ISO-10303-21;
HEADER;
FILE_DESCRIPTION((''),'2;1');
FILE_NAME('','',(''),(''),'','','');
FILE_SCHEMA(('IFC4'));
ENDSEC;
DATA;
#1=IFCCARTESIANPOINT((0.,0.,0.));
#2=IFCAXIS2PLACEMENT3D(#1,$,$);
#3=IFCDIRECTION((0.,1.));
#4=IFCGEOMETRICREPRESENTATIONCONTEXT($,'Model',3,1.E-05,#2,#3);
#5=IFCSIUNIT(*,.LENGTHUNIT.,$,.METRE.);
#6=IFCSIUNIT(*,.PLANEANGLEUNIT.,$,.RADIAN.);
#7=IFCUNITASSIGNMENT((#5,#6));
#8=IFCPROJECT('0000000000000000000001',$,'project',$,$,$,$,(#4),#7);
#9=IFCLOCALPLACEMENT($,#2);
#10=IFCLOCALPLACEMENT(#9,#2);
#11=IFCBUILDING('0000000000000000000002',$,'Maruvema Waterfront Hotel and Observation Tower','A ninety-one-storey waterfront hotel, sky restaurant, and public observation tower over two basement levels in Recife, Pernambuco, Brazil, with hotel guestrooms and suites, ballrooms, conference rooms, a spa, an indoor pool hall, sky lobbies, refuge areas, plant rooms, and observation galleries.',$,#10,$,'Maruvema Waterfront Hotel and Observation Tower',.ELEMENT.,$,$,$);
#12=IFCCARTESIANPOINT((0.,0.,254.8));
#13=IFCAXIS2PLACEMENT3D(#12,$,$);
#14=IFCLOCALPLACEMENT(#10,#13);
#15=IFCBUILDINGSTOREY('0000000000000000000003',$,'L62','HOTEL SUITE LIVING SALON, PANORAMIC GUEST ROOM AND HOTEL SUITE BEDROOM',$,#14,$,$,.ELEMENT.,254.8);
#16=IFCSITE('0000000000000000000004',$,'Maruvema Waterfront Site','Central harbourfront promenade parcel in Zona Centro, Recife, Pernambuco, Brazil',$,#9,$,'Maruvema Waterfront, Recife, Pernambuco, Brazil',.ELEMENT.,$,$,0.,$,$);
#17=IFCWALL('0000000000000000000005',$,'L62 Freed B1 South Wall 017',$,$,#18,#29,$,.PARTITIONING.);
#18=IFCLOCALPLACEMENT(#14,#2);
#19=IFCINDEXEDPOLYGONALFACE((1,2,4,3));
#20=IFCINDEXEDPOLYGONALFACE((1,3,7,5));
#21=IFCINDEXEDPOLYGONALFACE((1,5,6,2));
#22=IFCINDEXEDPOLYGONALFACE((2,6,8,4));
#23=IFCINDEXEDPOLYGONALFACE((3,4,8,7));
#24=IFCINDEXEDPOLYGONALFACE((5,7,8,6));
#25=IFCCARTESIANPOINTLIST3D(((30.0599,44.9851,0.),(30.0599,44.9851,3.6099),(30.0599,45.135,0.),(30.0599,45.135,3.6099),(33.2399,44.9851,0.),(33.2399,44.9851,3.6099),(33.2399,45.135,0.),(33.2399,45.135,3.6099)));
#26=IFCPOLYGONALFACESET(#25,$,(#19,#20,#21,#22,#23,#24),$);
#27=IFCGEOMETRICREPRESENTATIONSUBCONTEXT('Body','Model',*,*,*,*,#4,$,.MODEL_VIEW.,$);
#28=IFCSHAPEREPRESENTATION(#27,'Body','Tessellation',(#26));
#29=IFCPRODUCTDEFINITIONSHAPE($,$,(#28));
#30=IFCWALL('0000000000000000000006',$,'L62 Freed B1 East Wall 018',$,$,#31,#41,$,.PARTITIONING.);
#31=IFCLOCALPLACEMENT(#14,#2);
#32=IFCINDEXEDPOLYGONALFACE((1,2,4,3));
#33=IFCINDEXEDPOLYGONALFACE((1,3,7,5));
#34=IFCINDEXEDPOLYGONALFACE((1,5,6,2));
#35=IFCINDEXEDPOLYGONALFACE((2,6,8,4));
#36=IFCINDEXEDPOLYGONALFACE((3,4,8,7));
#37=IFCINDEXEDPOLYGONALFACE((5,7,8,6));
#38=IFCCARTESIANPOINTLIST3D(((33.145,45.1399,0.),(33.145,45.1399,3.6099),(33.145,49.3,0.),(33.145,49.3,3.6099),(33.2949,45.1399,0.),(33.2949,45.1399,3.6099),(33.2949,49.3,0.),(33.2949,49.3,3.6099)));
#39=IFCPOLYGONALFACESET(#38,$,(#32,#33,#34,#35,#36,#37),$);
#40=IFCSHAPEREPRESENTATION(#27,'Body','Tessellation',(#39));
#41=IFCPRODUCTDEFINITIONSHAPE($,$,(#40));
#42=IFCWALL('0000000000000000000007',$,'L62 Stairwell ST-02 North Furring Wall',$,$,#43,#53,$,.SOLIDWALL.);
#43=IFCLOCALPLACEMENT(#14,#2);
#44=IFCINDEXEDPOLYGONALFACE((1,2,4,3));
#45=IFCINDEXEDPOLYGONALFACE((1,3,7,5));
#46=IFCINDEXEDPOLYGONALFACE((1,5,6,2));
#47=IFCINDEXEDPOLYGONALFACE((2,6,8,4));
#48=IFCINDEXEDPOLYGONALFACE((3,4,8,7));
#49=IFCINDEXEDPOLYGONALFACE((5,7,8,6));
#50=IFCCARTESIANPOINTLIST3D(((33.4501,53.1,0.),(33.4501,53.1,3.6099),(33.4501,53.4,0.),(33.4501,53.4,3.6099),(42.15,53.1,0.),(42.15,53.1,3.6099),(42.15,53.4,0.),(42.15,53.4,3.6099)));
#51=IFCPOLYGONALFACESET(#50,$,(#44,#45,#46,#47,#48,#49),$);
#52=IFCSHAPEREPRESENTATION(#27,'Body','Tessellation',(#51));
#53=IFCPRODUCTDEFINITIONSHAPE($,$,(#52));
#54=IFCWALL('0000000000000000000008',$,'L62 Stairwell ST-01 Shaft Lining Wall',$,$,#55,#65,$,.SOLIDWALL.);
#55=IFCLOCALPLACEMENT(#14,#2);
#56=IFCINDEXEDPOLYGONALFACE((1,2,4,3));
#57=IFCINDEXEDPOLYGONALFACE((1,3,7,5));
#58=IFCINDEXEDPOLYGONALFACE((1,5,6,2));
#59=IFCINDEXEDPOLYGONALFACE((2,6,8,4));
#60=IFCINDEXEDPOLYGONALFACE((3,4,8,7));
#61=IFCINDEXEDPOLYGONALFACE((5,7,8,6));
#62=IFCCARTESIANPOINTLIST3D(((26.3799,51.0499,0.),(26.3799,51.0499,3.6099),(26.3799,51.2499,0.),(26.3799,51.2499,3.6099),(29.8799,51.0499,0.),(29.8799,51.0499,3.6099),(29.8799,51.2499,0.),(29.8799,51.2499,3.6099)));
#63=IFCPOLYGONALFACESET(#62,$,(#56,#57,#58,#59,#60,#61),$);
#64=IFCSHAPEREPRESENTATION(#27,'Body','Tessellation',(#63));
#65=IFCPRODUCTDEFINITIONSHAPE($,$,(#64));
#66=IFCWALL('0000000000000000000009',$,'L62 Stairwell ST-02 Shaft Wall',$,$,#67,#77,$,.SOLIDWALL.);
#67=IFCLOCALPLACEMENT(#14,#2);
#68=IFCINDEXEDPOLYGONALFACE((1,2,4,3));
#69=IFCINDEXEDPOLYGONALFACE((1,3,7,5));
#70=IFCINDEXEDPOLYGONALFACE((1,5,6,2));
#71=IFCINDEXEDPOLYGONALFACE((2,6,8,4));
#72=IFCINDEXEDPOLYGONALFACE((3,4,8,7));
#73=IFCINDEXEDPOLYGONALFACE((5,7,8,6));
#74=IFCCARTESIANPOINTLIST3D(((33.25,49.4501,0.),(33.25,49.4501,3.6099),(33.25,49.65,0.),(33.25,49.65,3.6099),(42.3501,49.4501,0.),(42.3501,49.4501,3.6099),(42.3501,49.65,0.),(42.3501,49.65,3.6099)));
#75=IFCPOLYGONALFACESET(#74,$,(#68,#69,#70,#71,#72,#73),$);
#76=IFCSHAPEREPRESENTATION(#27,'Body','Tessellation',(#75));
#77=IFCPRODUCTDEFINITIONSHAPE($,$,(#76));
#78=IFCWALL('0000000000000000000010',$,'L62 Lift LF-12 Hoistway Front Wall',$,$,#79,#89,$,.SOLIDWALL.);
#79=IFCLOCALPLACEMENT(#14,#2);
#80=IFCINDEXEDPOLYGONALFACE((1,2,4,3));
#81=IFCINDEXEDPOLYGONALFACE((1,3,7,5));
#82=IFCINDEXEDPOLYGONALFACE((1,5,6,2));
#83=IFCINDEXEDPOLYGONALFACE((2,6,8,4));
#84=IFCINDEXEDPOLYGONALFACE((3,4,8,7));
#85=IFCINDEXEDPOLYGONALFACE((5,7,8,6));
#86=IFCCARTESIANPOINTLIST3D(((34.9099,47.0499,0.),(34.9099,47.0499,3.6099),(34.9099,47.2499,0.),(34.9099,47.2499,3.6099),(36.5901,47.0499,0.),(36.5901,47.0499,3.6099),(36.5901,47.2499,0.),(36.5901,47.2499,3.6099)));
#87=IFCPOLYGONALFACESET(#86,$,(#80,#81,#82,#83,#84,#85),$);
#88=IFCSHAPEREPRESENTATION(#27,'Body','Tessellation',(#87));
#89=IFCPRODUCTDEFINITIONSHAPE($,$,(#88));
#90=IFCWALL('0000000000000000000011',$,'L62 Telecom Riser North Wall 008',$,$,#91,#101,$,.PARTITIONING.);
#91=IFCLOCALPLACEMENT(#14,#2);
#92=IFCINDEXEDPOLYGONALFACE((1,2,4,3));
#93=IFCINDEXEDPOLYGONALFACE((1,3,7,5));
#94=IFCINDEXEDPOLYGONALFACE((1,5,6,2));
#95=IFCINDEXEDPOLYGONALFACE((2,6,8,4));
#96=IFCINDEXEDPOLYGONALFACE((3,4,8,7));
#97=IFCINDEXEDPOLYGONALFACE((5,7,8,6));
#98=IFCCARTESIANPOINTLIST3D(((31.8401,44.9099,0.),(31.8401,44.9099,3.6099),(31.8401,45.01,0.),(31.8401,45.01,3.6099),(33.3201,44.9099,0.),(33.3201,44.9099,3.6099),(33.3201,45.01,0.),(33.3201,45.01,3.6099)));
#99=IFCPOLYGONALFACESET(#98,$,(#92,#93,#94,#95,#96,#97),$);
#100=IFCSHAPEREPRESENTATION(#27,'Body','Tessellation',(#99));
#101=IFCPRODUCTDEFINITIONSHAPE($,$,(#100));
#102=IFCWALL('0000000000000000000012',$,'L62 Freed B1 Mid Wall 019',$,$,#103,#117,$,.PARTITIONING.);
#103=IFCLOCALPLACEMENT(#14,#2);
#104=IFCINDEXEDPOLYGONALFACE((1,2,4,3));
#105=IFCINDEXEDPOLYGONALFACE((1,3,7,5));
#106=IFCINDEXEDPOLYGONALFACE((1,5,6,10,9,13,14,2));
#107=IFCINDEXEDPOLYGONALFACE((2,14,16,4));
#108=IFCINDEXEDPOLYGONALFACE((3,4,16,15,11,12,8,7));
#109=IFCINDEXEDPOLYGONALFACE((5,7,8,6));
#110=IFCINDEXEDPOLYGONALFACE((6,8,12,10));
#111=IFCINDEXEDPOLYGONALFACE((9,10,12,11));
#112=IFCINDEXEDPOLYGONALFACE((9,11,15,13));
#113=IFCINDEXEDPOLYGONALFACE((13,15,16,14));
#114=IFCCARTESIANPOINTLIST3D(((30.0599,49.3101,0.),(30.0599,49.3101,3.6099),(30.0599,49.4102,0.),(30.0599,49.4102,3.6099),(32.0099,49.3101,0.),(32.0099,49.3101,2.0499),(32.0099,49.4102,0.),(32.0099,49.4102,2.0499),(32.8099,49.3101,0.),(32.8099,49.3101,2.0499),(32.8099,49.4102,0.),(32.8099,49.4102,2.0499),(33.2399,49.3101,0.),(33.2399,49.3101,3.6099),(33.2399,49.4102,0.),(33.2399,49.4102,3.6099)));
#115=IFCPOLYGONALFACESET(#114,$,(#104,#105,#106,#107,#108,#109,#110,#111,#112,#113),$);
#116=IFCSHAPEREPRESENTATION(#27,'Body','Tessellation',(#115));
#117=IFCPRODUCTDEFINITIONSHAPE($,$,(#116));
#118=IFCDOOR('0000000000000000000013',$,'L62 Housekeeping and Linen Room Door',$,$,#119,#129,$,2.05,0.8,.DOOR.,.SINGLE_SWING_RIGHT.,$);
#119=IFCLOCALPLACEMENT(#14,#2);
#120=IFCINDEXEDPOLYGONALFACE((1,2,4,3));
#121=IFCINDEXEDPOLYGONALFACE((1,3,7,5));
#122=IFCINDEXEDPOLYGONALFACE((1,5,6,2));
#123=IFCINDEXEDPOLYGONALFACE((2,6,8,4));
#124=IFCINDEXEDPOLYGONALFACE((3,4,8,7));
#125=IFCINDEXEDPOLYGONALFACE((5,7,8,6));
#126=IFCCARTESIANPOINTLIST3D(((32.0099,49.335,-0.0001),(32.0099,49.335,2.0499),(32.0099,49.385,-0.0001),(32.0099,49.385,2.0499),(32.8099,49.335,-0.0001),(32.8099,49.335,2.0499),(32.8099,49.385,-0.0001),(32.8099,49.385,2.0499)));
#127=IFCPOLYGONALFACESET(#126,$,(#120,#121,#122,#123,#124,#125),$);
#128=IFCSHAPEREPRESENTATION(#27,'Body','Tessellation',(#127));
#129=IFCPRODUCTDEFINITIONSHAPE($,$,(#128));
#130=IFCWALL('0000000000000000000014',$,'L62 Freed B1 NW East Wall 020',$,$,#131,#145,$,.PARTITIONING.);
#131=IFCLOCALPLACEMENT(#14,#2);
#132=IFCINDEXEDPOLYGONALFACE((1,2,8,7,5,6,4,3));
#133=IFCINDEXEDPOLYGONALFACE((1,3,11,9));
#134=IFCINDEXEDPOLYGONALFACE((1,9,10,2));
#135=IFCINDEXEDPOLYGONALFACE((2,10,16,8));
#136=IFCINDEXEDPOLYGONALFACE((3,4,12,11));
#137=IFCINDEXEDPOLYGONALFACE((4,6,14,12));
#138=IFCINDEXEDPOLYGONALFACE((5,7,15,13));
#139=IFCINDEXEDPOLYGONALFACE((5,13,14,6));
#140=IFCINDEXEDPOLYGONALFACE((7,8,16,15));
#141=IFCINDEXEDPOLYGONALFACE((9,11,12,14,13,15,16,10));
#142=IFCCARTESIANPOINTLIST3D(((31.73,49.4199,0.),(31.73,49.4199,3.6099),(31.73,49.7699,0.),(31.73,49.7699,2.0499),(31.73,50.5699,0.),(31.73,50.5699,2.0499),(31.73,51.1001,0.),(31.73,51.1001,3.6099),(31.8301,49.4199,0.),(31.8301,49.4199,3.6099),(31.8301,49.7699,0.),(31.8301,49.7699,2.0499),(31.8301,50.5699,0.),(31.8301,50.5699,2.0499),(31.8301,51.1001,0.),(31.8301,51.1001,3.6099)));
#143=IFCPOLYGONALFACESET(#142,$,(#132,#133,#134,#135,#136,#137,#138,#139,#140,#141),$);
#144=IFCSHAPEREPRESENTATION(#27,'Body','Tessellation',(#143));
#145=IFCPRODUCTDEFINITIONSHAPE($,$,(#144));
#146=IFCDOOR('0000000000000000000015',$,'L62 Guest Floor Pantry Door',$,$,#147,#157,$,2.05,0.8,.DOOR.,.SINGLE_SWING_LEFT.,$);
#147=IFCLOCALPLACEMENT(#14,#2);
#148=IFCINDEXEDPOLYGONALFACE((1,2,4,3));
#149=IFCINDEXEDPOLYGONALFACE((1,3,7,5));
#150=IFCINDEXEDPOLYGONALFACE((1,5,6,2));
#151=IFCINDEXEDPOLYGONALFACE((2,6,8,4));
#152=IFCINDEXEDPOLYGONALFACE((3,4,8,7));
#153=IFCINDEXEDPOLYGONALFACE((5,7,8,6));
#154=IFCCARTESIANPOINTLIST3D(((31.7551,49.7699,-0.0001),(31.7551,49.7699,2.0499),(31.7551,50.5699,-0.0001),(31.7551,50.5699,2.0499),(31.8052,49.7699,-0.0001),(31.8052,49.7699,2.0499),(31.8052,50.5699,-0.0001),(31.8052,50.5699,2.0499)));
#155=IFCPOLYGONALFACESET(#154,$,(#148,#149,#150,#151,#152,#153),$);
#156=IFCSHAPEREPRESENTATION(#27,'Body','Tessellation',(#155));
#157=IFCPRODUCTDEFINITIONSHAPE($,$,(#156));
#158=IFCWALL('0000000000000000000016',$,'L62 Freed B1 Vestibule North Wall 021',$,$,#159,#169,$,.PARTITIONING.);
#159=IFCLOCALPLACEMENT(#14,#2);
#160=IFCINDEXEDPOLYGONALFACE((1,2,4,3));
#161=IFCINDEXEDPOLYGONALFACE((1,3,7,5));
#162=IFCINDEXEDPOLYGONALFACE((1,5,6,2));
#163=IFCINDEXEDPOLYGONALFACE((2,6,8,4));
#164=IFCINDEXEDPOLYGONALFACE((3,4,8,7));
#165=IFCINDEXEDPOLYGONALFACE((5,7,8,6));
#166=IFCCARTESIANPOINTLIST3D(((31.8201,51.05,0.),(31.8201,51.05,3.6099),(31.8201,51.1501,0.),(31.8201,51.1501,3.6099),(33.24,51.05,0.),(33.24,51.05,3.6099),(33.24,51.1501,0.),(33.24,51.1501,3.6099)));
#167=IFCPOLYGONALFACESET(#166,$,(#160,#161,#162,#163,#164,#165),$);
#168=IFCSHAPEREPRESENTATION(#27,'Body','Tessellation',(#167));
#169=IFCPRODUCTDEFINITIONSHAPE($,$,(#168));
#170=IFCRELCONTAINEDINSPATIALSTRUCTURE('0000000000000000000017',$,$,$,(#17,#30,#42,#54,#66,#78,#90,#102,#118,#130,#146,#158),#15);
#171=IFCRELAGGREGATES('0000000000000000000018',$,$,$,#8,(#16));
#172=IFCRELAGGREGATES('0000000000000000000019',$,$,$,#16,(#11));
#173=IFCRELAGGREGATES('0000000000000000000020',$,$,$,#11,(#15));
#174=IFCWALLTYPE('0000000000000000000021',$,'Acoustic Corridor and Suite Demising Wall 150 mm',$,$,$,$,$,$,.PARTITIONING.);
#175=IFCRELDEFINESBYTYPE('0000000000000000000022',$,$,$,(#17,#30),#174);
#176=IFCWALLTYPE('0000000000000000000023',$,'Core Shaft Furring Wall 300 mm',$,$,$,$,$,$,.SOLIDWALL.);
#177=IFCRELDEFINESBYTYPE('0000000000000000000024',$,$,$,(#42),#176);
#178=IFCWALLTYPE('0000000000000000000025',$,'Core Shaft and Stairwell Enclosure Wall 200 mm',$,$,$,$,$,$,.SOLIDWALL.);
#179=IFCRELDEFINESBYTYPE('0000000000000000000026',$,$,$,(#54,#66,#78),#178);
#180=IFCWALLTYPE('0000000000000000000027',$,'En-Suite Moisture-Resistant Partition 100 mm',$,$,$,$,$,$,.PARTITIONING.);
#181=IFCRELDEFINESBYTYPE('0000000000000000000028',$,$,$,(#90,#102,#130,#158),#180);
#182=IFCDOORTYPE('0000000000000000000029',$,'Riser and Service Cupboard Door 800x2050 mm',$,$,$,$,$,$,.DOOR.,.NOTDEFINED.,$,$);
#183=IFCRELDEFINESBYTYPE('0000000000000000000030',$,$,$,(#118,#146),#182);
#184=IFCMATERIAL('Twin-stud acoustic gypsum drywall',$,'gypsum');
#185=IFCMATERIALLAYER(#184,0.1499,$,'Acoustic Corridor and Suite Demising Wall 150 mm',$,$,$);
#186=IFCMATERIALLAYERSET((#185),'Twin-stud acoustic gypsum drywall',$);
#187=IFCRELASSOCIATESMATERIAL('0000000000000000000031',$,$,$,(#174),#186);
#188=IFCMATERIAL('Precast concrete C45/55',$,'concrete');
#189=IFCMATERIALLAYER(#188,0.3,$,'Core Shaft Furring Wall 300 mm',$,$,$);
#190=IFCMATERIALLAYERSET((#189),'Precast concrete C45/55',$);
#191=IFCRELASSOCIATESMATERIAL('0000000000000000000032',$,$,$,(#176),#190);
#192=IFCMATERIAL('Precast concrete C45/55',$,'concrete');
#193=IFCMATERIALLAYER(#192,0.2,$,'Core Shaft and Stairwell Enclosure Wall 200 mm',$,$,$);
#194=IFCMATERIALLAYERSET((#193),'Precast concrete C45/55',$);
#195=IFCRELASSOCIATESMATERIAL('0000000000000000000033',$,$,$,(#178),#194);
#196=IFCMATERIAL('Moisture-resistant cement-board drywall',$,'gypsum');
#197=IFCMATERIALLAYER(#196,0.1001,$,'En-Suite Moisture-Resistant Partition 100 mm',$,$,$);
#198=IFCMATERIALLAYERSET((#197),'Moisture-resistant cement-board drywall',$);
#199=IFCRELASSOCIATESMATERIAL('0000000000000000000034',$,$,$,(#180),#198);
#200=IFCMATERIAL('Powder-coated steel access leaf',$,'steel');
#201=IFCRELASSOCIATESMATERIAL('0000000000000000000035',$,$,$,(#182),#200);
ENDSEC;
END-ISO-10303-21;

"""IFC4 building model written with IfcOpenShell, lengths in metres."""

from ifc_helpers import new_model, si_unit, direction, frame, frame_2d, origin, place, context, subcontext, project, spatial, rectangle, extrude, material, layer, layer_set, type_object, element, fill, save


model = new_model("IFC4")

# Units and contexts
model_context = context("Model", 3, precision=1e-05, world=origin(), true_north=direction((0.0, 1.0)))
body_context = subcontext(model_context, "Body", "Model", "MODEL_VIEW")
ifc_project = project(units=[si_unit("LENGTHUNIT", "METRE"), si_unit("PLANEANGLEUNIT", "RADIAN")], contexts=[model_context])

# Site, building, storey
site_placement = place(None, origin())
site = spatial("IfcSite", under=ifc_project, at=site_placement, Name="Maruvema Waterfront Site", Description="Central harbourfront promenade parcel in Zona Centro, Recife, Pernambuco, Brazil", LongName="Maruvema Waterfront, Recife, Pernambuco, Brazil", CompositionType="ELEMENT", RefElevation=0.0)
building_placement = place(site_placement, origin())
building = spatial("IfcBuilding", under=site, at=building_placement, Name="Maruvema Waterfront Hotel and Observation Tower", Description="A ninety-one-storey waterfront hotel, sky restaurant, and public observation tower over two basement levels in Recife, Pernambuco, Brazil, with hotel guestrooms and suites, ballrooms, conference rooms, a spa, an indoor pool hall, sky lobbies, refuge areas, plant rooms, and observation galleries.", LongName="Maruvema Waterfront Hotel and Observation Tower", CompositionType="ELEMENT")
storey_placement = place(building_placement, frame((0.0, 0.0, 254.8)))
storey = spatial("IfcBuildingStorey", under=building, at=storey_placement, Name="L62", Description="HOTEL SUITE LIVING SALON, PANORAMIC GUEST ROOM AND HOTEL SUITE BEDROOM", CompositionType="ELEMENT", Elevation=254.8)

# Walls
ifc_material_1 = material(Name="Twin-stud acoustic gypsum drywall", Category="gypsum")
ifc_layer_1 = layer(ifc_material_1, 0.1499, Name="Acoustic Corridor and Suite Demising Wall 150 mm")
ifc_layer_set_1 = layer_set([ifc_layer_1], Name="Twin-stud acoustic gypsum drywall")
wall_type_1 = type_object("IfcWallType", Name="Acoustic Corridor and Suite Demising Wall 150 mm", PredefinedType="PARTITIONING", material=ifc_layer_set_1)
wall_1_placement = place(storey_placement, frame((30.0601, 45.0601, 0.0), z_axis=(0.0, 0.0, 1.0), x_axis=(1.0, 0.0, 0.0)))
element("IfcWall", 1, at=wall_1_placement, inside=storey, type_object=wall_type_1, Name="L62 Freed B1 South Wall 017", PredefinedType="PARTITIONING", context=body_context, shape_type="SweptSolid", body=[
    extrude(rectangle(XDim=3.1799, YDim=0.1499, at=frame_2d((1.5898, 0.0))), origin(), (0.0, 0.0, 1.0), 3.6099),
])
wall_2_placement = place(storey_placement, frame((33.22, 45.1399, 0.0), z_axis=(0.0, 0.0, 1.0), x_axis=(0.0, 1.0, 0.0)))
element("IfcWall", 2, at=wall_2_placement, inside=storey, type_object=wall_type_1, Name="L62 Freed B1 East Wall 018", PredefinedType="PARTITIONING", context=body_context, shape_type="SweptSolid", body=[
    extrude(rectangle(XDim=4.1602, YDim=0.1499, at=frame_2d((2.0801, 0.0))), origin(), (0.0, 0.0, 1.0), 3.6099),
])
ifc_material_2 = material(Name="Precast concrete C45/55", Category="concrete")
ifc_layer_2 = layer(ifc_material_2, 0.3, Name="Core Shaft Furring Wall 300 mm")
ifc_layer_set_2 = layer_set([ifc_layer_2], Name="Precast concrete C45/55")
wall_type_2 = type_object("IfcWallType", Name="Core Shaft Furring Wall 300 mm", PredefinedType="SOLIDWALL", material=ifc_layer_set_2)
wall_3_placement = place(storey_placement, frame((33.45, 53.25, 0.0), z_axis=(0.0, 0.0, 1.0), x_axis=(1.0, 0.0, 0.0)))
element("IfcWall", 3, at=wall_3_placement, inside=storey, type_object=wall_type_2, Name="L62 Stairwell ST-02 North Furring Wall", PredefinedType="SOLIDWALL", context=body_context, shape_type="SweptSolid", body=[
    extrude(rectangle(XDim=8.7, YDim=0.3, at=frame_2d((4.3501, 0.0))), origin(), (0.0, 0.0, 1.0), 3.6099),
])
ifc_material_3 = material(Name="Precast concrete C45/55", Category="concrete")
ifc_layer_3 = layer(ifc_material_3, 0.2, Name="Core Shaft and Stairwell Enclosure Wall 200 mm")
ifc_layer_set_3 = layer_set([ifc_layer_3], Name="Precast concrete C45/55")
wall_type_3 = type_object("IfcWallType", Name="Core Shaft and Stairwell Enclosure Wall 200 mm", PredefinedType="SOLIDWALL", material=ifc_layer_set_3)
wall_4_placement = place(storey_placement, frame((26.3799, 51.1499, 0.0), z_axis=(0.0, 0.0, 1.0), x_axis=(1.0, 0.0, 0.0)))
element("IfcWall", 4, at=wall_4_placement, inside=storey, type_object=wall_type_3, Name="L62 Stairwell ST-01 Shaft Lining Wall", PredefinedType="SOLIDWALL", context=body_context, shape_type="SweptSolid", body=[
    extrude(rectangle(XDim=3.5, YDim=0.2, at=frame_2d((1.75, 0.0))), origin(), (0.0, 0.0, 1.0), 3.6099),
])
wall_5_placement = place(storey_placement, frame((33.25, 49.55, 0.0), z_axis=(0.0, 0.0, 1.0), x_axis=(1.0, 0.0, 0.0)))
element("IfcWall", 5, at=wall_5_placement, inside=storey, type_object=wall_type_3, Name="L62 Stairwell ST-02 Shaft Wall", PredefinedType="SOLIDWALL", context=body_context, shape_type="SweptSolid", body=[
    extrude(rectangle(XDim=9.1001, YDim=0.2, at=frame_2d((4.55, 0.0))), origin(), (0.0, 0.0, 1.0), 3.6099),
])

# Walls
wall_6_placement = place(storey_placement, frame((34.9099, 47.1499, 0.0), z_axis=(0.0, 0.0, 1.0), x_axis=(1.0, 0.0, 0.0)))
element("IfcWall", 6, at=wall_6_placement, inside=storey, type_object=wall_type_3, Name="L62 Lift LF-12 Hoistway Front Wall", PredefinedType="SOLIDWALL", context=body_context, shape_type="SweptSolid", body=[
    extrude(rectangle(XDim=1.6802, YDim=0.2, at=frame_2d((0.8401, 0.0))), origin(), (0.0, 0.0, 1.0), 3.6099),
])
ifc_material_4 = material(Name="Moisture-resistant cement-board drywall", Category="gypsum")
ifc_layer_4 = layer(ifc_material_4, 0.1001, Name="En-Suite Moisture-Resistant Partition 100 mm")
ifc_layer_set_4 = layer_set([ifc_layer_4], Name="Moisture-resistant cement-board drywall")
wall_type_4 = type_object("IfcWallType", Name="En-Suite Moisture-Resistant Partition 100 mm", PredefinedType="PARTITIONING", material=ifc_layer_set_4)
wall_7_placement = place(storey_placement, frame((31.8401, 44.96, 0.0), z_axis=(0.0, 0.0, 1.0), x_axis=(1.0, 0.0, 0.0)))
element("IfcWall", 7, at=wall_7_placement, inside=storey, type_object=wall_type_4, Name="L62 Telecom Riser North Wall 008", PredefinedType="PARTITIONING", context=body_context, shape_type="SweptSolid", body=[
    extrude(rectangle(XDim=1.48, YDim=0.1001, at=frame_2d((0.74, 0.0))), origin(), (0.0, 0.0, 1.0), 3.6099),
])

# Walls, openings, doors
wall_8_placement = place(storey_placement, frame((30.0601, 49.3601, 0.0), z_axis=(0.0, 0.0, 1.0), x_axis=(1.0, 0.0, 0.0)))
wall_8 = element("IfcWall", 8, at=wall_8_placement, inside=storey, type_object=wall_type_4, Name="L62 Freed B1 Mid Wall 019", PredefinedType="PARTITIONING", context=body_context, shape_type="SweptSolid", body=[
    extrude(rectangle(XDim=3.1799, YDim=0.1001, at=frame_2d((1.5898, 0.0))), origin(), (0.0, 0.0, 1.0), 3.6099),
])
opening_1_placement = place(wall_8_placement, frame((1.95, 0.0, 0.0)))
opening_1 = element("IfcOpeningElement", 9, at=opening_1_placement, cuts=wall_8, PredefinedType="OPENING", context=body_context, shape_type="SweptSolid", body=[
    extrude(rectangle(XDim=0.8, YDim=2.05, at=frame_2d((0.3999, 1.0249))), frame((0.0, 0.0601, 0.0), z_axis=(0.0, -1.0, 0.0), x_axis=(1.0, 0.0, 0.0)), (0.0, 0.0, 1.0), 0.1201),
])
ifc_material_5 = material(Name="Powder-coated steel access leaf", Category="steel")
door_type_1 = type_object("IfcDoorType", Name="Riser and Service Cupboard Door 800x2050 mm", OperationType="NOTDEFINED", PredefinedType="DOOR", material=ifc_material_5)
door_1_placement = place(opening_1_placement, origin())
door_1 = element("IfcDoor", 10, at=door_1_placement, inside=storey, type_object=door_type_1, Name="L62 Housekeeping and Linen Room Door", OperationType="SINGLE_SWING_RIGHT", OverallHeight=2.05, OverallWidth=0.8, PredefinedType="DOOR", context=body_context, shape_type="SweptSolid", body=[
    extrude(rectangle(XDim=0.8, YDim=2.05, at=frame_2d((0.3999, 1.0249))), frame((0.0, 0.0249, 0.0), z_axis=(0.0, -1.0, 0.0), x_axis=(1.0, 0.0, 0.0)), (0.0, 0.0, 1.0), 0.05),
])
fill(opening_1, door_1)
wall_9_placement = place(storey_placement, frame((31.78, 49.4199, 0.0), z_axis=(0.0, 0.0, 1.0), x_axis=(0.0, 1.0, 0.0)))
wall_9 = element("IfcWall", 11, at=wall_9_placement, inside=storey, type_object=wall_type_4, Name="L62 Freed B1 NW East Wall 020", PredefinedType="PARTITIONING", context=body_context, shape_type="SweptSolid", body=[
    extrude(rectangle(XDim=1.6802, YDim=0.1001, at=frame_2d((0.8401, 0.0))), origin(), (0.0, 0.0, 1.0), 3.6099),
])
opening_2_placement = place(wall_9_placement, frame((0.3501, 0.0, 0.0)))
opening_2 = element("IfcOpeningElement", 12, at=opening_2_placement, cuts=wall_9, PredefinedType="OPENING", context=body_context, shape_type="SweptSolid", body=[
    extrude(rectangle(XDim=0.8, YDim=2.05, at=frame_2d((0.3999, 1.0249))), frame((0.0, 0.0601, 0.0), z_axis=(0.0, -1.0, 0.0), x_axis=(1.0, 0.0, 0.0)), (0.0, 0.0, 1.0), 0.1201),
])
door_2_placement = place(opening_2_placement, origin())
door_2 = element("IfcDoor", 13, at=door_2_placement, inside=storey, type_object=door_type_1, Name="L62 Guest Floor Pantry Door", OperationType="SINGLE_SWING_LEFT", OverallHeight=2.05, OverallWidth=0.8, PredefinedType="DOOR", context=body_context, shape_type="SweptSolid", body=[
    extrude(rectangle(XDim=0.8, YDim=2.05, at=frame_2d((0.3999, 1.0249))), frame((0.0, 0.0249, 0.0), z_axis=(0.0, -1.0, 0.0), x_axis=(1.0, 0.0, 0.0)), (0.0, 0.0, 1.0), 0.05),
])
fill(opening_2, door_2)

# Wall
wall_10_placement = place(storey_placement, frame((31.8201, 51.1001, 0.0), z_axis=(0.0, 0.0, 1.0), x_axis=(1.0, 0.0, 0.0)))
element("IfcWall", 14, at=wall_10_placement, inside=storey, type_object=wall_type_4, Name="L62 Freed B1 Vestibule North Wall 021", PredefinedType="PARTITIONING", context=body_context, shape_type="SweptSolid", body=[
    extrude(rectangle(XDim=1.4199, YDim=0.1001, at=frame_2d((0.71, 0.0))), origin(), (0.0, 0.0, 1.0), 3.6099),
])

save(model, "model.ifc")
